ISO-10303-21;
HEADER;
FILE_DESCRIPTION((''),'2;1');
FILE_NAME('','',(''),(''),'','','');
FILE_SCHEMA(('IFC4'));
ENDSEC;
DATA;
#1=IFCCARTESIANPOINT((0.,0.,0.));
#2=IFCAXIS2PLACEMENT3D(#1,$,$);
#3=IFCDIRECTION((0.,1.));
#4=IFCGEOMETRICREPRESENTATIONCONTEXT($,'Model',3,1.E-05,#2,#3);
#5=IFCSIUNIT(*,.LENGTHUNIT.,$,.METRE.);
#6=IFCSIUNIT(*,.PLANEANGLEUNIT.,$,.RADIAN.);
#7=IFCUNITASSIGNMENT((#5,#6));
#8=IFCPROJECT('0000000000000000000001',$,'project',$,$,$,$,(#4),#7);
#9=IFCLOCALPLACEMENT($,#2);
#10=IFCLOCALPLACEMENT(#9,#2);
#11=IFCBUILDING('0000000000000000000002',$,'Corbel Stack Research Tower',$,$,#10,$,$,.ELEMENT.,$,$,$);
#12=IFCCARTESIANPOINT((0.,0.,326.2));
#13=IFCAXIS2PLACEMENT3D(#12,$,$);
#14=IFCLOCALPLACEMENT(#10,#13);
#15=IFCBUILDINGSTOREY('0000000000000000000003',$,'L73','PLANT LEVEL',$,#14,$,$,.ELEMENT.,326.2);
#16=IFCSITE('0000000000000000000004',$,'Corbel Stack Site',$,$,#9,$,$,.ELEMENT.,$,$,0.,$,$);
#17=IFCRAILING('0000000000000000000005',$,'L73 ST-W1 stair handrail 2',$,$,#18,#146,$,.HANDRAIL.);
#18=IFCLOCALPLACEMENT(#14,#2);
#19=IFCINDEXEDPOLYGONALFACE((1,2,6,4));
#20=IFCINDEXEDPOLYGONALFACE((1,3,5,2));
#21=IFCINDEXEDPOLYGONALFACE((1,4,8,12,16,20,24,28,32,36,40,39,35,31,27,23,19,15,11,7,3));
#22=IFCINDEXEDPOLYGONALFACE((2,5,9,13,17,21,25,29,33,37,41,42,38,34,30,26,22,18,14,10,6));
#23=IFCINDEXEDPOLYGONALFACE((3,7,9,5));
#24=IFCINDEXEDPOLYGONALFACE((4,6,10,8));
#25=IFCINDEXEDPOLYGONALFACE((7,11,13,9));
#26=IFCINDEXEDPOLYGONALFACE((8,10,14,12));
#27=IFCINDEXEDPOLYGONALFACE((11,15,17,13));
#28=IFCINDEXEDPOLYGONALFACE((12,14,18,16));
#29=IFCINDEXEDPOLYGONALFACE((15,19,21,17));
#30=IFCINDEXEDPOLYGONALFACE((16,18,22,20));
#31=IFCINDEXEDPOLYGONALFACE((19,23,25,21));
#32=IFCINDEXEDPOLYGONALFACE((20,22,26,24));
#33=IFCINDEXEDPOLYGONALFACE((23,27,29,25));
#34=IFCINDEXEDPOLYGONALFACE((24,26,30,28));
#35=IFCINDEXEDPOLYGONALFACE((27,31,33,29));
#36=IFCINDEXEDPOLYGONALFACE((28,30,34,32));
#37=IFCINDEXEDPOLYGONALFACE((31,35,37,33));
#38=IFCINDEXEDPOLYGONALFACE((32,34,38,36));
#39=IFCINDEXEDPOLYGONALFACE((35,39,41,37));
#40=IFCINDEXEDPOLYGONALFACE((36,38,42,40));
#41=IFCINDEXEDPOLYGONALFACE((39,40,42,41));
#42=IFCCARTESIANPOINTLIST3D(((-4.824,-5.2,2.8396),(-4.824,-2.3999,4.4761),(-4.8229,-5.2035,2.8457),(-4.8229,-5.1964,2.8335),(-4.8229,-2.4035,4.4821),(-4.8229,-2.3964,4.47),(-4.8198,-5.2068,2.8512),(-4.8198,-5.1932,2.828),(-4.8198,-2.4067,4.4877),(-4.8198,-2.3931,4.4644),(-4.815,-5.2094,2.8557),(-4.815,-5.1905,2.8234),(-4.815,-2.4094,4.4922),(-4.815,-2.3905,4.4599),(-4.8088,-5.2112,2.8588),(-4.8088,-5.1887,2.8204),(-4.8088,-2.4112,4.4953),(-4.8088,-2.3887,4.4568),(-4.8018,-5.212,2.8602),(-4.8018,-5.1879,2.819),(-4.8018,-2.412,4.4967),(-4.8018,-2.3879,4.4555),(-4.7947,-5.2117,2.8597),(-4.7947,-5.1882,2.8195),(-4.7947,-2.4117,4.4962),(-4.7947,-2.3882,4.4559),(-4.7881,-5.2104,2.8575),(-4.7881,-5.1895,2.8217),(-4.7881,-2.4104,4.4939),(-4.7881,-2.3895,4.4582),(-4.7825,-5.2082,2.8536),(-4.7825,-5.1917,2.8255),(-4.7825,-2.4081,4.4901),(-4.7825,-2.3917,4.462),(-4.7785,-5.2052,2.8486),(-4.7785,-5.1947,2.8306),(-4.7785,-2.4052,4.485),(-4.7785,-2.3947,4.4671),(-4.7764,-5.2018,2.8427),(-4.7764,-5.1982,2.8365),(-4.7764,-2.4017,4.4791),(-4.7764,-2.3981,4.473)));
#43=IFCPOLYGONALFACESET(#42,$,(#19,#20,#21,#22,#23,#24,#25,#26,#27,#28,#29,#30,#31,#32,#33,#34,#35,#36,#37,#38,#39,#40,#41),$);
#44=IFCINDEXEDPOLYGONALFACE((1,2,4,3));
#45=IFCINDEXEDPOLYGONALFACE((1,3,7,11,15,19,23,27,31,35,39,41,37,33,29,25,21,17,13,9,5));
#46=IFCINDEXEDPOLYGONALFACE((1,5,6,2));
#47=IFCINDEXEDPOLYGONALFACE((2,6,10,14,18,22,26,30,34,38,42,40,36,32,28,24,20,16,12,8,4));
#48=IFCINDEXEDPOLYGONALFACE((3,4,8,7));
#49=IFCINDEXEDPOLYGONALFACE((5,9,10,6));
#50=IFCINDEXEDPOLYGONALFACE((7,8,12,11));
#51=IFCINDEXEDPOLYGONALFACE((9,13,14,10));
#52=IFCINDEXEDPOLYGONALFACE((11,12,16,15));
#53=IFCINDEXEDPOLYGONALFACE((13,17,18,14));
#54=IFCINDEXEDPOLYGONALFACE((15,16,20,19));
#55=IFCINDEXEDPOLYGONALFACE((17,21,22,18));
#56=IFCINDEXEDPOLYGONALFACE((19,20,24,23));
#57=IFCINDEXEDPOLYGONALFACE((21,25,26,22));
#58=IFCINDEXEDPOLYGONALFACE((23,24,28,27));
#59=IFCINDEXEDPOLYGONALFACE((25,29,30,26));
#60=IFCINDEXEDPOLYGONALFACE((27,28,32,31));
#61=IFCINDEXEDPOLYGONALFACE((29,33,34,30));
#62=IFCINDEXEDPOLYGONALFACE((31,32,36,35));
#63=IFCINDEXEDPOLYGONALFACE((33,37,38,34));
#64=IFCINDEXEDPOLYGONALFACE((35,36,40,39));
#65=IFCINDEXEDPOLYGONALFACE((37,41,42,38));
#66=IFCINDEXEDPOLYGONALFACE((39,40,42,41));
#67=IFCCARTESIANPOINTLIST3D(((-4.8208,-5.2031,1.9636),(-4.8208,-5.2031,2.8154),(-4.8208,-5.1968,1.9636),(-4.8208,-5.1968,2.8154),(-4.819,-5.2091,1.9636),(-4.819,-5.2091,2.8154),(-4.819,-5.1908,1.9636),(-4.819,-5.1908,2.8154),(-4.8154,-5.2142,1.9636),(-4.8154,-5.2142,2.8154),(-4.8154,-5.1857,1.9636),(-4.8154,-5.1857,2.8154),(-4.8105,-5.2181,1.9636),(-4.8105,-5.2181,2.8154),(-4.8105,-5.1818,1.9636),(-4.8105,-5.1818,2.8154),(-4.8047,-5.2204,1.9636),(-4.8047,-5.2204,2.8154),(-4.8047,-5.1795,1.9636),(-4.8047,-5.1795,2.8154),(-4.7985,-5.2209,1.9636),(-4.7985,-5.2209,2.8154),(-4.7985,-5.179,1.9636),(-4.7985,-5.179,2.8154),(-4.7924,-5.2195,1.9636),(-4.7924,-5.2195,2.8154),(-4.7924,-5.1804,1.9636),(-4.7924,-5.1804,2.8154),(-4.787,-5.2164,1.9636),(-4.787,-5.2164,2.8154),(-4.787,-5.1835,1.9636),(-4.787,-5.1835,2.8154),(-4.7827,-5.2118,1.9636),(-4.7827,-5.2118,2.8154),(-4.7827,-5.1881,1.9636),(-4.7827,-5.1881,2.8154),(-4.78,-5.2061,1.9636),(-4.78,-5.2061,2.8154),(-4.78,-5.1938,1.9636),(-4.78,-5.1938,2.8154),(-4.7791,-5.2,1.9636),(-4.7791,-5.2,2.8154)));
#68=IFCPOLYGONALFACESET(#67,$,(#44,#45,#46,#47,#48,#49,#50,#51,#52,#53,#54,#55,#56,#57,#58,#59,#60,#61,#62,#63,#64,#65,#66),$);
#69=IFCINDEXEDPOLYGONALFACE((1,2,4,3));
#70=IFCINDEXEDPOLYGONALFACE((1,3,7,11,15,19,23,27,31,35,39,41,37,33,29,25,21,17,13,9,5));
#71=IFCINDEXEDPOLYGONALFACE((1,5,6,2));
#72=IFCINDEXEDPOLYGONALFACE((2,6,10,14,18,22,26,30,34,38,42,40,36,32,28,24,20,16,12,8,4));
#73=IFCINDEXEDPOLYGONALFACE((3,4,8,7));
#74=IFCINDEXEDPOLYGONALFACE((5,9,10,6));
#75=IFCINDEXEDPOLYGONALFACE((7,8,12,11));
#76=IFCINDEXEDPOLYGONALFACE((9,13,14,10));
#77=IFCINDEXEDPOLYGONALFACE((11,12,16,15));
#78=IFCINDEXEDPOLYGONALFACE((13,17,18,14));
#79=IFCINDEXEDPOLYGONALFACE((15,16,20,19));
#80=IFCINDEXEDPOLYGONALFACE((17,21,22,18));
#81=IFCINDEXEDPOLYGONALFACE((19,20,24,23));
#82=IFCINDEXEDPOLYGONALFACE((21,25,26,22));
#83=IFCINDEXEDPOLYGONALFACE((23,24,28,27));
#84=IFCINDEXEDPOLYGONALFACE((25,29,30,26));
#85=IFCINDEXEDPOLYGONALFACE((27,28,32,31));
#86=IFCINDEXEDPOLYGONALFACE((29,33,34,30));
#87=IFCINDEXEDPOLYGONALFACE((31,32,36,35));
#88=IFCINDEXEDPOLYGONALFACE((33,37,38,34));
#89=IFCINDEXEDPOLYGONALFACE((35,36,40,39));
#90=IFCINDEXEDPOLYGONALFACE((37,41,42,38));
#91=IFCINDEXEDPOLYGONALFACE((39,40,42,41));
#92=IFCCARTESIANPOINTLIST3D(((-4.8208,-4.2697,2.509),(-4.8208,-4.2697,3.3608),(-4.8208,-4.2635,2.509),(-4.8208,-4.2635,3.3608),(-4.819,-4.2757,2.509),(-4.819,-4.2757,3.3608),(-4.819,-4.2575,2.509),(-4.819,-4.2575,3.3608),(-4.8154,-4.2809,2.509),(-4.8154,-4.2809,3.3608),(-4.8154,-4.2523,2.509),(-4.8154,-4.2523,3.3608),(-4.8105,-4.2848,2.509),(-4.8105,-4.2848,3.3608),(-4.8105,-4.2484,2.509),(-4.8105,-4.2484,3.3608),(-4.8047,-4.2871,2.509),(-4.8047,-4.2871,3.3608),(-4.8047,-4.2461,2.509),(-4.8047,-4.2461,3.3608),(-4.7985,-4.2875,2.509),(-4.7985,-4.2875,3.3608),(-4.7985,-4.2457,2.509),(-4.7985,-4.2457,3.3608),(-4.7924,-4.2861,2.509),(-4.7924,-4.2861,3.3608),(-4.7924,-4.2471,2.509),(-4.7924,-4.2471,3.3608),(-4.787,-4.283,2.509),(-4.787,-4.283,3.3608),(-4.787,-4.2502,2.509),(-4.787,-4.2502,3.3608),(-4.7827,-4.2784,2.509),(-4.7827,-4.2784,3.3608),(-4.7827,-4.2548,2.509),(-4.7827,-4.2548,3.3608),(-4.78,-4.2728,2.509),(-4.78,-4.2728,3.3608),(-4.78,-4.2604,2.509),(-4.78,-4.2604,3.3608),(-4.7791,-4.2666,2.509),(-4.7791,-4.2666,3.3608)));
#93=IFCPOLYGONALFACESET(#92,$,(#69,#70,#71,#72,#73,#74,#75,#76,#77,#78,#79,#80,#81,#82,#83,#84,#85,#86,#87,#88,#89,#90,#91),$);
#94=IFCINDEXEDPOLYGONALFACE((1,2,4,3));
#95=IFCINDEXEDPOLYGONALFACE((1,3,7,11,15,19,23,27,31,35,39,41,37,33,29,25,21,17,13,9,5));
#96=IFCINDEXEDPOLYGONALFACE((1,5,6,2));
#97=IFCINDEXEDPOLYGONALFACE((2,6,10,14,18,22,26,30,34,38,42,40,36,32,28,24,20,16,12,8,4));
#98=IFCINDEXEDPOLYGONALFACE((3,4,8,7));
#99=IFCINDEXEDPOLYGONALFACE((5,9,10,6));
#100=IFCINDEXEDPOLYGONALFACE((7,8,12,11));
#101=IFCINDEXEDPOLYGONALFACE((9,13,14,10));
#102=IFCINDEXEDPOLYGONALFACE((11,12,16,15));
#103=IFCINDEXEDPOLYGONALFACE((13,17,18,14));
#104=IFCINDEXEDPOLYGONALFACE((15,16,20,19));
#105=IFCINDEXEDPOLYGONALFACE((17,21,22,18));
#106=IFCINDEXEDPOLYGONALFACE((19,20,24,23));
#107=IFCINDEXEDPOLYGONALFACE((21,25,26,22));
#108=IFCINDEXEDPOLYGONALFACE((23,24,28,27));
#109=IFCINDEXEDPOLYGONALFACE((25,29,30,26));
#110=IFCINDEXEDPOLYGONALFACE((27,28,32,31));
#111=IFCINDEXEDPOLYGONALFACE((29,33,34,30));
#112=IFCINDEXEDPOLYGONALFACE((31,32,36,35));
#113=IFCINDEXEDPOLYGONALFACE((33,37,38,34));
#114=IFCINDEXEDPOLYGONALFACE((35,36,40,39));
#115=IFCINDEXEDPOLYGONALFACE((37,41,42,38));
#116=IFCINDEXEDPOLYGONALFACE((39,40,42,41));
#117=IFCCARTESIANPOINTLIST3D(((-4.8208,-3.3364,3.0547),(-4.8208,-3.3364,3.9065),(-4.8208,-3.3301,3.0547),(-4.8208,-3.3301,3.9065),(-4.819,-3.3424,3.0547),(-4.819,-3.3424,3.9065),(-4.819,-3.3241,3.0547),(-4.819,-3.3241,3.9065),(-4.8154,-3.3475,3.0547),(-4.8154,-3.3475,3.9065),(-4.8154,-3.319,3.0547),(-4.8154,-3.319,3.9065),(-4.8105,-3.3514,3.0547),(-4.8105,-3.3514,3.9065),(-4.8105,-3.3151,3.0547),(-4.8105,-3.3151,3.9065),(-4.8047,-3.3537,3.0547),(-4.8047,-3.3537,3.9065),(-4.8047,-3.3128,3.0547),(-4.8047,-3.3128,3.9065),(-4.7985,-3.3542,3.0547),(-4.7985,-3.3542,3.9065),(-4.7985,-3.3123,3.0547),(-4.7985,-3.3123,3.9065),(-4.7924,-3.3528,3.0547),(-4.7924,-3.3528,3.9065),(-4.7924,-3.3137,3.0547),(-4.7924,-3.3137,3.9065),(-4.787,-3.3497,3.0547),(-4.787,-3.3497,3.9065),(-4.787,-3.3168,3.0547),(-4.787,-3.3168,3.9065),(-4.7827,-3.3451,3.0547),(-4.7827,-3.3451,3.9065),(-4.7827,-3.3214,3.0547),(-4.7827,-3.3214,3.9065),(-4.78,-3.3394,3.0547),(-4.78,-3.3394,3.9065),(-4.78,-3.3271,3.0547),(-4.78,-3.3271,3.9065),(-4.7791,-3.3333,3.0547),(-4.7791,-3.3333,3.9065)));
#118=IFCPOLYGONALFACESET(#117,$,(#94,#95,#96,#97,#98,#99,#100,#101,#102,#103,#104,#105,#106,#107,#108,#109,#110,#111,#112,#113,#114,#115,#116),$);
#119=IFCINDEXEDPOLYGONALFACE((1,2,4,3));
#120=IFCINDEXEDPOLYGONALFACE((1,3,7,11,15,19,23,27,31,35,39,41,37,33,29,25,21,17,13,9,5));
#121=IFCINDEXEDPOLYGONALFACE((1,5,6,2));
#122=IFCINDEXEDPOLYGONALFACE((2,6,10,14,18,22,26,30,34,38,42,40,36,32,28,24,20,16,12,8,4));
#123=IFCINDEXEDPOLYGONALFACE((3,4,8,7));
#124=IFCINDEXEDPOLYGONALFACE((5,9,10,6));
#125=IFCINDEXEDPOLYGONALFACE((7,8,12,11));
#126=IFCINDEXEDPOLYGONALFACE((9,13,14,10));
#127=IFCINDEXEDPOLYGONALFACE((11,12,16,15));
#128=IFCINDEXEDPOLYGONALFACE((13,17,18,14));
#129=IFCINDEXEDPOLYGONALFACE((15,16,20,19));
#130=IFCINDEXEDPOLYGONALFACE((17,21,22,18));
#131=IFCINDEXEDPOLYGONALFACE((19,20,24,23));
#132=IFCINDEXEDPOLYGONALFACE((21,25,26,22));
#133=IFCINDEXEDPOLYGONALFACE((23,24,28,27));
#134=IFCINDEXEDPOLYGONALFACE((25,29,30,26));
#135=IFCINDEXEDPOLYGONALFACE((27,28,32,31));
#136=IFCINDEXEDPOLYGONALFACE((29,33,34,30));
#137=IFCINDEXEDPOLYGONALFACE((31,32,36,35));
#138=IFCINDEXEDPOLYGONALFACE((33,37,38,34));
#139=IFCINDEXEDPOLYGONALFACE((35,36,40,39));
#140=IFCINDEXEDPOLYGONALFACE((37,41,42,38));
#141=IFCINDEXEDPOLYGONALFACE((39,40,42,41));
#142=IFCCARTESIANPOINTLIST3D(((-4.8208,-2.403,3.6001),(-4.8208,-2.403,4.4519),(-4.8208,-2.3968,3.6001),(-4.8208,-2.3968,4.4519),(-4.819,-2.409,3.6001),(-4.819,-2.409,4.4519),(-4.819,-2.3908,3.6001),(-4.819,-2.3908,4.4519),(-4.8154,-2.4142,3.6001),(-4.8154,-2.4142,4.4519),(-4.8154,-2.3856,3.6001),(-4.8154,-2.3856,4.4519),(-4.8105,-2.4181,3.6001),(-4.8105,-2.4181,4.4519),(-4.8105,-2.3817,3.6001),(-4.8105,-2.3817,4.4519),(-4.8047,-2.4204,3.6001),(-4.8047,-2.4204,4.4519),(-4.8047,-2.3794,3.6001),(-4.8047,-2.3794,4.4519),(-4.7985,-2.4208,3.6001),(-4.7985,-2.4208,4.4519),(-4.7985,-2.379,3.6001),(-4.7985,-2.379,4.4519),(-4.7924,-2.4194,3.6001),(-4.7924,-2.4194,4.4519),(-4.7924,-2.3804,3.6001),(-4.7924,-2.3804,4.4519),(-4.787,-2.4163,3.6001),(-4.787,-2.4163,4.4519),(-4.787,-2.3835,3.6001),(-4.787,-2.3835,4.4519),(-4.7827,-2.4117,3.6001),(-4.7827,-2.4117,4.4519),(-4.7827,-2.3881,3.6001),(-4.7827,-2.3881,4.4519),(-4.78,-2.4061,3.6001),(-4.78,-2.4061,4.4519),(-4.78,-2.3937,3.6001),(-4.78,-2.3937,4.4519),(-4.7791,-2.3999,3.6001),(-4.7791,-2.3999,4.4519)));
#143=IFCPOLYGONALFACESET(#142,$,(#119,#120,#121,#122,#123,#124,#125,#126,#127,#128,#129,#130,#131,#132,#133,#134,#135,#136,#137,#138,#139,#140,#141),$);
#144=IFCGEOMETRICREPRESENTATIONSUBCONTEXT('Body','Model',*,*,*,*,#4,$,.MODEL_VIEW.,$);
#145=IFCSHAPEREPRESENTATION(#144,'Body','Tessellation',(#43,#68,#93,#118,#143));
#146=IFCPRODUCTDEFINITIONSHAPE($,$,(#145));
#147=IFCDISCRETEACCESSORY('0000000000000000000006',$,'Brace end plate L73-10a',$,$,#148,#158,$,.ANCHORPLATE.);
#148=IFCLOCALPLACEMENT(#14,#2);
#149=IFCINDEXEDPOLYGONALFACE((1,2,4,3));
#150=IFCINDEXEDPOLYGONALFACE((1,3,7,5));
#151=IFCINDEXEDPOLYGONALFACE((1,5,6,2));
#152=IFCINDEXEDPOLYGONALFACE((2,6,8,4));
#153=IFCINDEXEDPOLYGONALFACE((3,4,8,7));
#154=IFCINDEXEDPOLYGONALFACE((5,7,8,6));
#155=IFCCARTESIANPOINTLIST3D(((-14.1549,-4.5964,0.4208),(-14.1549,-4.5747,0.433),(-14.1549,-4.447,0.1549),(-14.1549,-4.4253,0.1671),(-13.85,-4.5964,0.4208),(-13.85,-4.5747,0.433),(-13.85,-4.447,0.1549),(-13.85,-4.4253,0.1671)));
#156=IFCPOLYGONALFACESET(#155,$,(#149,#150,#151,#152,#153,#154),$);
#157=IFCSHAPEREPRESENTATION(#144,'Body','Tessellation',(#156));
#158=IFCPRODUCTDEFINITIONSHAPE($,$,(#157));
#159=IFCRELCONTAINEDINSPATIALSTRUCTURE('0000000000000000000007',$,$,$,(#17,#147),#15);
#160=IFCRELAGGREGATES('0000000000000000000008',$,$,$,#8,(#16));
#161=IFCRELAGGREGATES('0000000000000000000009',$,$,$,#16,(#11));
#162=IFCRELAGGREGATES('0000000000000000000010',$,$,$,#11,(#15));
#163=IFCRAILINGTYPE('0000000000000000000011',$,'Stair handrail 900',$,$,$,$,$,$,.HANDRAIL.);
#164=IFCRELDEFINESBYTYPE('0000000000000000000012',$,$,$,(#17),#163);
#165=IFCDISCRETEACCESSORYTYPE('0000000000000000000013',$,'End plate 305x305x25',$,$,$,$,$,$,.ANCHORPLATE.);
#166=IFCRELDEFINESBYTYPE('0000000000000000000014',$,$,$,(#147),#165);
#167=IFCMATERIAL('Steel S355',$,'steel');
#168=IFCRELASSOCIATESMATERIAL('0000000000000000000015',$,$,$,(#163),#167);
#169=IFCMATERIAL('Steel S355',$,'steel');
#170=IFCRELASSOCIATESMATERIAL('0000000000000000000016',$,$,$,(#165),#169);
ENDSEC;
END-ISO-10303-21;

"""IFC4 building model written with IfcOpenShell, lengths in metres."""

from ifc_helpers import new_model, si_unit, direction, frame, origin, origin_2d, place, context, subcontext, project, spatial, rectangle, circle, extrude, material, material_profile, profile_set, type_object, element, save


model = new_model("IFC4")

# Units and contexts
model_context = context("Model", 3, precision=1e-05, world=origin(), true_north=direction((0.0, 1.0)))
body_context = subcontext(model_context, "Body", "Model", "MODEL_VIEW")
ifc_project = project(units=[si_unit("LENGTHUNIT", "METRE"), si_unit("PLANEANGLEUNIT", "RADIAN")], contexts=[model_context])

# Site, building, storey
site_placement = place(None, origin())
site = spatial("IfcSite", under=ifc_project, at=site_placement, Name="Corbel Stack Site", CompositionType="ELEMENT", RefElevation=0.0)
building_placement = place(site_placement, origin())
building = spatial("IfcBuilding", under=site, at=building_placement, Name="Corbel Stack Research Tower", CompositionType="ELEMENT")
storey_placement = place(building_placement, frame((0.0, 0.0, 326.2)))
storey = spatial("IfcBuildingStorey", under=building, at=storey_placement, Name="L73", Description="PLANT LEVEL", CompositionType="ELEMENT", Elevation=326.2)

# Railing
ifc_material_1 = material(Name="Steel S355", Category="steel")
railing_type_1 = type_object("IfcRailingType", Name="Stair handrail 900", PredefinedType="HANDRAIL", material=ifc_material_1)
railing_1_placement = place(storey_placement, frame((-4.8, -5.2, 1.9636)))
element("IfcRailing", 1, at=railing_1_placement, inside=storey, type_object=railing_type_1, Name="L73 ST-W1 stair handrail 2", PredefinedType="HANDRAIL", context=body_context, shape_type="SweptSolid", body=[
    extrude(circle(Radius=0.0239, at=origin_2d()), frame((0.0, 0.0, 0.876), z_axis=(0.0, 0.863361, 0.504587), x_axis=(-1.0, 0.0, 0.0)), (0.0, 0.0, 1.0), 3.2432),
    extrude(circle(Radius=0.021, at=origin_2d()), origin(), (0.0, 0.0, 1.0), 0.8518),
    extrude(circle(Radius=0.021, at=origin_2d()), frame((0.0, 0.9333, 0.5454)), (0.0, 0.0, 1.0), 0.8518),
    extrude(circle(Radius=0.021, at=origin_2d()), frame((0.0, 1.8667, 1.0911)), (0.0, 0.0, 1.0), 0.8518),
    extrude(circle(Radius=0.021, at=origin_2d()), frame((0.0, 2.8, 1.6365)), (0.0, 0.0, 1.0), 0.8518),
])

# Discrete accessory
ifc_material_2 = material(Name="Steel S355", Category="steel")
ifc_material_profile_1 = material_profile(ifc_material_2, rectangle(XDim=0.3049, YDim=0.3049, at=origin_2d()), Name="End plate 305x305x25")
ifc_profile_set_1 = profile_set([ifc_material_profile_1], Name="Steel S355")
discrete_accessory_type = type_object("IfcDiscreteAccessoryType", Name="End plate 305x305x25", PredefinedType="ANCHORPLATE", material=ifc_profile_set_1)
discrete_accessory_placement = place(storey_placement, frame((-14.0024, -4.5, 0.3), z_axis=(0.0, -0.871837, -0.489796), x_axis=(1.0, 0.0, 0.0)))
element("IfcDiscreteAccessory", 2, at=discrete_accessory_placement, inside=storey, type_object=discrete_accessory_type, Name="Brace end plate L73-10a", PredefinedType="ANCHORPLATE", context=body_context, shape_type="SweptSolid", body=[
    extrude(rectangle(XDim=0.3049, YDim=0.3049, at=origin_2d()), origin(), (0.0, 0.0, 1.0), 0.0249),
])

save(model, "model.ifc")
